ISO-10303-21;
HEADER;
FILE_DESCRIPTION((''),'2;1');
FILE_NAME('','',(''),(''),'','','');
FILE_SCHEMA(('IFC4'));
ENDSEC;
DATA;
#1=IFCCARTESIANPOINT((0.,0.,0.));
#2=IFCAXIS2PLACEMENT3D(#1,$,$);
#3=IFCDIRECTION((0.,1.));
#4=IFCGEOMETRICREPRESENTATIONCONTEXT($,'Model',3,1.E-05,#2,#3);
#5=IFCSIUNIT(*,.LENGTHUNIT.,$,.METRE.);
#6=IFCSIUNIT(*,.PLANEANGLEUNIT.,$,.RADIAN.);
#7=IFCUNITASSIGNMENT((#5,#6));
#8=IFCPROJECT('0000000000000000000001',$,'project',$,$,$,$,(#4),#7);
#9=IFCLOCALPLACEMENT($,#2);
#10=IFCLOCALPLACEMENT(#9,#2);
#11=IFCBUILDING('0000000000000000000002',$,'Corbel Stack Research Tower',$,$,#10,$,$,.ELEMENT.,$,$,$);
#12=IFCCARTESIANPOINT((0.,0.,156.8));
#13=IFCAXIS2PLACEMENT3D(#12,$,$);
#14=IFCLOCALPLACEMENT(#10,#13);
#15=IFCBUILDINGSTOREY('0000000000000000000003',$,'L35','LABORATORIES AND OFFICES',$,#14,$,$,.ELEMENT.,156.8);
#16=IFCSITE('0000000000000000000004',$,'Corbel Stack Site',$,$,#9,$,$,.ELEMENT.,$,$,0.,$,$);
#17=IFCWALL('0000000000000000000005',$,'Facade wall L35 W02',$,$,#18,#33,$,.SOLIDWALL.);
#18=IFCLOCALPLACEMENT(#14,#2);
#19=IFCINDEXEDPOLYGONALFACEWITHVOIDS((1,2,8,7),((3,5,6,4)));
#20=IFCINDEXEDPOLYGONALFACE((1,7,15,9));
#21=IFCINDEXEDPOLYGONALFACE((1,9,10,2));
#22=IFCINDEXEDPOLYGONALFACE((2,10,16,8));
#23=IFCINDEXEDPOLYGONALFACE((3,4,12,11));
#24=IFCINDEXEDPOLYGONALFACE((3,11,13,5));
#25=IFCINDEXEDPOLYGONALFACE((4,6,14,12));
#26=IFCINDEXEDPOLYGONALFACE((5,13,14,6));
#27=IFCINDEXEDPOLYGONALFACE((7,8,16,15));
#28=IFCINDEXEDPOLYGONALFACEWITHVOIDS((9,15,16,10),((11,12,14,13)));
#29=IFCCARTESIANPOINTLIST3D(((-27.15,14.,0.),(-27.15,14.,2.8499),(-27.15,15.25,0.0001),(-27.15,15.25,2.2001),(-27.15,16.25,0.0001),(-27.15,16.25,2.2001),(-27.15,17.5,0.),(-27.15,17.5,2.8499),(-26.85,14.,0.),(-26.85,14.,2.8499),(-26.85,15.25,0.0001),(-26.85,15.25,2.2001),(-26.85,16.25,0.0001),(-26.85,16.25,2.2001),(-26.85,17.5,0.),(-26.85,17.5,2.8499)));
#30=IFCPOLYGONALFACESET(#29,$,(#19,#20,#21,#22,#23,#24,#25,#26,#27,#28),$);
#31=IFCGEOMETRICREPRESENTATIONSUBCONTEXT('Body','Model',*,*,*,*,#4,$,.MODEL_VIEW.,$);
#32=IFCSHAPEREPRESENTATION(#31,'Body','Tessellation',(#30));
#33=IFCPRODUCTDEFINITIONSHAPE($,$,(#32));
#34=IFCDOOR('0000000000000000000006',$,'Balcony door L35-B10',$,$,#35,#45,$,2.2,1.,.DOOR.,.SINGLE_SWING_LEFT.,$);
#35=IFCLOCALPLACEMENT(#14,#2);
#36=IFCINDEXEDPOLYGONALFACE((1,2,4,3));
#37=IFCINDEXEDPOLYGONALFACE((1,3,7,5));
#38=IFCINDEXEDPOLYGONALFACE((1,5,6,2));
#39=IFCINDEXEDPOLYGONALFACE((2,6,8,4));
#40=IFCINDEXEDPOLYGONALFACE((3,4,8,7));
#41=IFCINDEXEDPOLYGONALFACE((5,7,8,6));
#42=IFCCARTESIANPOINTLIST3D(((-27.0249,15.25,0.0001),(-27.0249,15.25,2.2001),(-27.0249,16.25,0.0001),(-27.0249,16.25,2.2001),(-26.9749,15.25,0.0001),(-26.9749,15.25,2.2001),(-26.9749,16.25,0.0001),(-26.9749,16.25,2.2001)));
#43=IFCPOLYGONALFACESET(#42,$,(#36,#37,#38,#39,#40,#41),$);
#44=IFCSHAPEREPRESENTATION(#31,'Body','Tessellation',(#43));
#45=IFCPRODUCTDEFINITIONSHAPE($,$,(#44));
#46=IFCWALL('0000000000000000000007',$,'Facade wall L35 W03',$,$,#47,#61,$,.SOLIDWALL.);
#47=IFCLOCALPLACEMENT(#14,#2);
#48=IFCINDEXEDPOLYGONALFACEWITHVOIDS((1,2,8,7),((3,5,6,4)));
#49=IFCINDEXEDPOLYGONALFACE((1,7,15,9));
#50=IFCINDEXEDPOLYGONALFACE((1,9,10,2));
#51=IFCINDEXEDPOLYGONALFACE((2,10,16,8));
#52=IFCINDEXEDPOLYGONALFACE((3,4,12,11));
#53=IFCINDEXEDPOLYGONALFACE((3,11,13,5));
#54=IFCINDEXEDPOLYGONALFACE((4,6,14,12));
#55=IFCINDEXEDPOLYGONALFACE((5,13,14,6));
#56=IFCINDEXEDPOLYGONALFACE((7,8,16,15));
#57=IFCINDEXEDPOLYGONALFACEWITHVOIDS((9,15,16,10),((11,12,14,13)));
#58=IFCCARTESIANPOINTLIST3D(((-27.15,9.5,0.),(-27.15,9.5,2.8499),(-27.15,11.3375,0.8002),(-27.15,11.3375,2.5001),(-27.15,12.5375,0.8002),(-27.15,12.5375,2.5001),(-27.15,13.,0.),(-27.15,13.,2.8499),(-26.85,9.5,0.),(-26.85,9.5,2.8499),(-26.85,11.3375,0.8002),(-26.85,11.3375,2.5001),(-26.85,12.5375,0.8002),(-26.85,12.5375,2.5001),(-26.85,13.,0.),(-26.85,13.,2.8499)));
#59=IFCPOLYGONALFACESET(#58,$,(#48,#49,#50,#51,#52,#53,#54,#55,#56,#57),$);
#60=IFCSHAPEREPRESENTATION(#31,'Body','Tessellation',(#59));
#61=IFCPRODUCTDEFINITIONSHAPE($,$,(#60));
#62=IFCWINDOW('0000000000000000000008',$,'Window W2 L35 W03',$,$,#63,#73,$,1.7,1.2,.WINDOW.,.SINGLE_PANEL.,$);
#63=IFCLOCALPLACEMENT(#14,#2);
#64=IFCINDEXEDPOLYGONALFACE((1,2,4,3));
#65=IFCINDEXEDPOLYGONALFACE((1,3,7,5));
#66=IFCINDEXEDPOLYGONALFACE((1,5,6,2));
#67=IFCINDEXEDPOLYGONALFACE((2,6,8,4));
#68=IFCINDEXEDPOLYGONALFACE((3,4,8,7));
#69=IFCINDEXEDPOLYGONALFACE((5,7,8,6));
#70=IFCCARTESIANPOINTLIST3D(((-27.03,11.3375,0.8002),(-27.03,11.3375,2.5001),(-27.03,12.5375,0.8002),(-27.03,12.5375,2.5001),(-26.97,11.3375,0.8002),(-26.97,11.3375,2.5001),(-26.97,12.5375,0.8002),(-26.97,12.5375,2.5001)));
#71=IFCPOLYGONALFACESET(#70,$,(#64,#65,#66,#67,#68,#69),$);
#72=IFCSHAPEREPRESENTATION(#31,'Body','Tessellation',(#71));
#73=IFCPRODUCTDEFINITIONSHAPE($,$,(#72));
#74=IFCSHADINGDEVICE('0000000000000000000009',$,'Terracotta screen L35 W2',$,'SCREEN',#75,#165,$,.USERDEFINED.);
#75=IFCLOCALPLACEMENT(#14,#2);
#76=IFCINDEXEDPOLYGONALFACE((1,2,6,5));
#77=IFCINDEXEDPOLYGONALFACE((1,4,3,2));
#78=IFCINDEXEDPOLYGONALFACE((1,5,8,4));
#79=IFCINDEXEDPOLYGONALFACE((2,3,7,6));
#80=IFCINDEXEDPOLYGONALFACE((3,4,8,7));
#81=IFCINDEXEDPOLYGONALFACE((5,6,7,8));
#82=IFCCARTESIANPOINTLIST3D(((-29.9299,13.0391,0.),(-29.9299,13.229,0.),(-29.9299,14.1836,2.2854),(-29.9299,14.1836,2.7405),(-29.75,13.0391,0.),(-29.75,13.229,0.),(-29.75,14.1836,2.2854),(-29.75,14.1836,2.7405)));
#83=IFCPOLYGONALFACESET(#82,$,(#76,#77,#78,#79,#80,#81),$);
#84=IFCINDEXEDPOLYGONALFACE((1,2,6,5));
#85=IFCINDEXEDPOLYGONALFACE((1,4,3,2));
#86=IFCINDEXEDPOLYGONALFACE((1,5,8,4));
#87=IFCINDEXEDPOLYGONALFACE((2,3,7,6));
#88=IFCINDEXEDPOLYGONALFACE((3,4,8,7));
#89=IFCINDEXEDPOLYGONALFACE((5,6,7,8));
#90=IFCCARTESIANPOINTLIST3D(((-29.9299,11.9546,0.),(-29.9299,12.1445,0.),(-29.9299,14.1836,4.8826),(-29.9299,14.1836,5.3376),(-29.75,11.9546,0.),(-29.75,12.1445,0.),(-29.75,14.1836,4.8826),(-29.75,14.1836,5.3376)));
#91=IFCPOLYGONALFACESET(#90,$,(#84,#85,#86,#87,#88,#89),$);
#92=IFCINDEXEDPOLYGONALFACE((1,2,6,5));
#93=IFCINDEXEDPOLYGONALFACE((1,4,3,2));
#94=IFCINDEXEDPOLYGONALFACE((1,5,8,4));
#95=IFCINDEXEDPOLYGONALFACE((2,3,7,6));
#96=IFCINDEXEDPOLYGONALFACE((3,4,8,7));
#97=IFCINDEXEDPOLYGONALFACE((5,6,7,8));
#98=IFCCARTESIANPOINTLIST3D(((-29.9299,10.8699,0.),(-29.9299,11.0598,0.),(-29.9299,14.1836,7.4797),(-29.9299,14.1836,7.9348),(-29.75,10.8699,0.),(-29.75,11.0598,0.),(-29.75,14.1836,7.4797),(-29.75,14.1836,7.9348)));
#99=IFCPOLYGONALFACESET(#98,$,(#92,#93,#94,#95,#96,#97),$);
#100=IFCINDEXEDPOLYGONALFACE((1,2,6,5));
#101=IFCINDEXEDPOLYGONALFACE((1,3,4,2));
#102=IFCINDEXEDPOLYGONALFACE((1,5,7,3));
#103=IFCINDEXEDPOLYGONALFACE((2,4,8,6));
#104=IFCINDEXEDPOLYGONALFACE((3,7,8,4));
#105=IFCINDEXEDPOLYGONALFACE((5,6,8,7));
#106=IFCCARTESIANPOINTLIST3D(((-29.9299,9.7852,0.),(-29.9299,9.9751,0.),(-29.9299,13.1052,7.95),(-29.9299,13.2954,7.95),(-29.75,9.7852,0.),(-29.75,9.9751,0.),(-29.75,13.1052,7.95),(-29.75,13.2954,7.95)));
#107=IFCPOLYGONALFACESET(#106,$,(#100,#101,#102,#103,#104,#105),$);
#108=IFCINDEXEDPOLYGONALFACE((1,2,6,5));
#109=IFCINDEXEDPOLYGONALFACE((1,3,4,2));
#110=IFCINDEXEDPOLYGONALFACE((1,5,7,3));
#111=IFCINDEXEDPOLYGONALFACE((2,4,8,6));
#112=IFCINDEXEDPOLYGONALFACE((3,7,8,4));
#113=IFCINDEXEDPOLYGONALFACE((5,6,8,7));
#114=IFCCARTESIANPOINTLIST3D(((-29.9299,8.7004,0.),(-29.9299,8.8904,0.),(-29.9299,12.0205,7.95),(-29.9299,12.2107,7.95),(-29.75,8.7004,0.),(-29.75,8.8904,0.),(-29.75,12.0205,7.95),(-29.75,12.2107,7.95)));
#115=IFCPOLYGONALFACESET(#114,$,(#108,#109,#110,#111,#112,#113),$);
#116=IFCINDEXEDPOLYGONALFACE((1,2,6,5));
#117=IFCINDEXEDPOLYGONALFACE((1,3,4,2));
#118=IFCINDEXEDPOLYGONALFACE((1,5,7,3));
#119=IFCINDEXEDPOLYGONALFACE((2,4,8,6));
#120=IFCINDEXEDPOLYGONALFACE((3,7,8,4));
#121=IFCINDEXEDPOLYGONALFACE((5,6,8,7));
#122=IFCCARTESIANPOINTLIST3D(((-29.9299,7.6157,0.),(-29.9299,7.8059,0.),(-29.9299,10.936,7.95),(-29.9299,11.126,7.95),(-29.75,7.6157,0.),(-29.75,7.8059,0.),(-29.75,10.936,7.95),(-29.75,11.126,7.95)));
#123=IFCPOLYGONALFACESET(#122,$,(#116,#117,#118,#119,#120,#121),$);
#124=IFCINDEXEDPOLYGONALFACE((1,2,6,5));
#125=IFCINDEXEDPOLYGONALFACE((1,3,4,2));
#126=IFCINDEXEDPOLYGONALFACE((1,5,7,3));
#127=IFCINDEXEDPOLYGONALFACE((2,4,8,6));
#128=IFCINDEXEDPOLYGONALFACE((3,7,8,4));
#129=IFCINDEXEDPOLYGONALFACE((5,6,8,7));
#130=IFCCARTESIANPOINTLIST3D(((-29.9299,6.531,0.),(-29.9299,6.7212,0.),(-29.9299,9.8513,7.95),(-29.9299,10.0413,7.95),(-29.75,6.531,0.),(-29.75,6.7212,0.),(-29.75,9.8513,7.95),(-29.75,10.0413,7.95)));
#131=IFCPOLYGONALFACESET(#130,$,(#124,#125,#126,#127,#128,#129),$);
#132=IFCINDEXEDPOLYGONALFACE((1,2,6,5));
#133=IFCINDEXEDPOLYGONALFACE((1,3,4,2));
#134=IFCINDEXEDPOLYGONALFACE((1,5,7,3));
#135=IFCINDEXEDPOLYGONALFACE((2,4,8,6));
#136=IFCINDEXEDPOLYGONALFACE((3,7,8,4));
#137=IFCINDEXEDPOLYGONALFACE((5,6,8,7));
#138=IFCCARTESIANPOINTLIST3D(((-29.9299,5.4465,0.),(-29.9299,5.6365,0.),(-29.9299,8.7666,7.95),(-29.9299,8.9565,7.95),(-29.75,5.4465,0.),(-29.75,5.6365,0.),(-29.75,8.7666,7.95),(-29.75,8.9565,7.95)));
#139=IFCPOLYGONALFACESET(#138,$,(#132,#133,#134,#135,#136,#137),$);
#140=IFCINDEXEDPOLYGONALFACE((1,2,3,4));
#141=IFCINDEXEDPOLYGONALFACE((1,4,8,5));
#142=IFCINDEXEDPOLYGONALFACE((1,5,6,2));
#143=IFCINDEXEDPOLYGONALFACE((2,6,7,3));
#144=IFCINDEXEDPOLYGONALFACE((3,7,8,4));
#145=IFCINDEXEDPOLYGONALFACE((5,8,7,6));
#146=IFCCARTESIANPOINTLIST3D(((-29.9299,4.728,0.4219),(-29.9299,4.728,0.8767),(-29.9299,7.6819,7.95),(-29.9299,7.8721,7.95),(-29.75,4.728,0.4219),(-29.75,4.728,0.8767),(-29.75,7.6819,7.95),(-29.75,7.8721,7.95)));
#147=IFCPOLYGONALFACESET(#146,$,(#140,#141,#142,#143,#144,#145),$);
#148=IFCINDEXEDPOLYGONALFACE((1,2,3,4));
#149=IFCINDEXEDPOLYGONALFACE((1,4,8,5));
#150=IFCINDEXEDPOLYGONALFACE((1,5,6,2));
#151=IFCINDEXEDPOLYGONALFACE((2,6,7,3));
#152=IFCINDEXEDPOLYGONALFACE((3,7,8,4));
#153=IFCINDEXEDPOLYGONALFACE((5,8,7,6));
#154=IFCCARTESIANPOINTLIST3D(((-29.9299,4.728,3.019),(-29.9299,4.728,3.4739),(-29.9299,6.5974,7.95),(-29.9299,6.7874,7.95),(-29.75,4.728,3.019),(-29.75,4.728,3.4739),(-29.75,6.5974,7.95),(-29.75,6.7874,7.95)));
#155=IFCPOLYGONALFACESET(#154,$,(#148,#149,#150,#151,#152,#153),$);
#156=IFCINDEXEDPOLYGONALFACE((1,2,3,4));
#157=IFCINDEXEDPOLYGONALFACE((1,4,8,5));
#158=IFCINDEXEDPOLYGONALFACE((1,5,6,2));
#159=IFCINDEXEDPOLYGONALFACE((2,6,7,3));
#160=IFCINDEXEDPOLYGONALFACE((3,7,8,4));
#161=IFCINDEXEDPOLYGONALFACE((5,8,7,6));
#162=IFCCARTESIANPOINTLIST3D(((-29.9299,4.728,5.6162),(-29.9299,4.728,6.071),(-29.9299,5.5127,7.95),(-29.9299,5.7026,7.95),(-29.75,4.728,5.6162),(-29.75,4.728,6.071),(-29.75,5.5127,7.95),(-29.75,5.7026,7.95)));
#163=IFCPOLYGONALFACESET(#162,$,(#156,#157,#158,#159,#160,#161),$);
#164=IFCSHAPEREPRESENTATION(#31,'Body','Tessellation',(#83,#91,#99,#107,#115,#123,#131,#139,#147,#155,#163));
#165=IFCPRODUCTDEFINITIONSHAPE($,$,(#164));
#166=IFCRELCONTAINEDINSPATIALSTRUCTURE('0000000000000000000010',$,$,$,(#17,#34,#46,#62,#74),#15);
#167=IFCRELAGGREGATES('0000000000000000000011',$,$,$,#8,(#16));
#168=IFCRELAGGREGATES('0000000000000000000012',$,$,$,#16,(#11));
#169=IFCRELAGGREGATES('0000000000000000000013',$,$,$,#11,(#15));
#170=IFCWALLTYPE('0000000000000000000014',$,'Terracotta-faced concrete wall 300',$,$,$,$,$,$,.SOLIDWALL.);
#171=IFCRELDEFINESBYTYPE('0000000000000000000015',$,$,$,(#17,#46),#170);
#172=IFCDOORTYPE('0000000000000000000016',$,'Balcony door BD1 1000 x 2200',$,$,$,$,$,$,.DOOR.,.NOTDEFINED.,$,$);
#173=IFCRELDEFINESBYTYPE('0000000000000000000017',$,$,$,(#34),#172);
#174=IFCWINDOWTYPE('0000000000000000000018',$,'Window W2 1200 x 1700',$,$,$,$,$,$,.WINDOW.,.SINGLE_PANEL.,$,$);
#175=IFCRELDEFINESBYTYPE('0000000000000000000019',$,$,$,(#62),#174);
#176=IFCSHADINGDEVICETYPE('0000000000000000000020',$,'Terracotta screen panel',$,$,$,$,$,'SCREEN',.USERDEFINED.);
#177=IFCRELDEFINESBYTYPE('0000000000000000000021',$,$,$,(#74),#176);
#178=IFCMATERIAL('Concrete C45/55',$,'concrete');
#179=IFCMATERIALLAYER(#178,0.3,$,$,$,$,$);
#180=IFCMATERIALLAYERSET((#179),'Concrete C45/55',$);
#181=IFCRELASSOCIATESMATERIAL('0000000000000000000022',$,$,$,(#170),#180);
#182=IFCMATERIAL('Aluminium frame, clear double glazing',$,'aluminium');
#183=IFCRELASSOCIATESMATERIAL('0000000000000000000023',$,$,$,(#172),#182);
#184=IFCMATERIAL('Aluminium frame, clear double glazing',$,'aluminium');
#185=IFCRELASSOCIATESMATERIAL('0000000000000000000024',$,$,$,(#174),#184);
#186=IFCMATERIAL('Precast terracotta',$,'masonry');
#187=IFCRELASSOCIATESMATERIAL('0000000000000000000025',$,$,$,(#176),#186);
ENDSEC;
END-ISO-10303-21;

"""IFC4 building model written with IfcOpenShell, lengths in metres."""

from ifc_helpers import new_model, si_unit, direction, frame, frame_2d, origin, place, context, subcontext, project, spatial, polyline, rectangle, outline, extrude, source, transform, mapped, material, layer, layer_set, type_object, element, fill, save


model = new_model("IFC4")

# Units and contexts
model_context = context("Model", 3, precision=1e-05, world=origin(), true_north=direction((0.0, 1.0)))
body_context = subcontext(model_context, "Body", "Model", "MODEL_VIEW")
ifc_project = project(units=[si_unit("LENGTHUNIT", "METRE"), si_unit("PLANEANGLEUNIT", "RADIAN")], contexts=[model_context])

# Site, building, storey
site_placement = place(None, origin())
site = spatial("IfcSite", under=ifc_project, at=site_placement, Name="Corbel Stack Site", CompositionType="ELEMENT", RefElevation=0.0)
building_placement = place(site_placement, origin())
building = spatial("IfcBuilding", under=site, at=building_placement, Name="Corbel Stack Research Tower", CompositionType="ELEMENT")
storey_placement = place(building_placement, frame((0.0, 0.0, 156.8)))
storey = spatial("IfcBuildingStorey", under=building, at=storey_placement, Name="L35", Description="LABORATORIES AND OFFICES", CompositionType="ELEMENT", Elevation=156.8)

# Shared definitions
ifc_material_1 = material(Name="Concrete C45/55", Category="concrete")
ifc_layer_1 = layer(ifc_material_1, 0.3)
ifc_layer_set_1 = layer_set([ifc_layer_1], Name="Concrete C45/55")
wall_type_1 = type_object("IfcWallType", Name="Terracotta-faced concrete wall 300", PredefinedType="SOLIDWALL", material=ifc_layer_set_1)

# Wall, opening, door
wall_1_placement = place(storey_placement, frame((-27.0, 14.0, 0.0), z_axis=(0.0, 0.0, 1.0), x_axis=(0.0, 1.0, 0.0)))
wall_1 = element("IfcWall", 1, at=wall_1_placement, inside=storey, type_object=wall_type_1, Name="Facade wall L35 W02", PredefinedType="SOLIDWALL", context=body_context, shape_type="SweptSolid", body=[
    extrude(rectangle(XDim=3.5, YDim=0.3, at=frame_2d((1.75, 0.0))), origin(), (0.0, 0.0, 1.0), 2.8499),
])
opening_1_placement = place(wall_1_placement, frame((1.25, 0.0, 0.0)))
opening_1 = element("IfcOpeningElement", 2, at=opening_1_placement, cuts=wall_1, PredefinedType="OPENING", context=body_context, shape_type="SweptSolid", body=[
    extrude(rectangle(XDim=1.0, YDim=2.2, at=frame_2d((0.5, 1.1001))), frame((0.0, 0.1599, 0.0), z_axis=(0.0, -1.0, 0.0), x_axis=(1.0, 0.0, 0.0)), (0.0, 0.0, 1.0), 0.3201),
])
ifc_material_2 = material(Name="Aluminium frame, clear double glazing", Category="aluminium")
door_type_1 = type_object("IfcDoorType", Name="Balcony door BD1 1000 x 2200", OperationType="NOTDEFINED", PredefinedType="DOOR", material=ifc_material_2)
door_1_placement = place(opening_1_placement, origin())
door_1 = element("IfcDoor", 3, at=door_1_placement, inside=storey, type_object=door_type_1, Name="Balcony door L35-B10", OperationType="SINGLE_SWING_LEFT", OverallHeight=2.2, OverallWidth=1.0, PredefinedType="DOOR", context=body_context, shape_type="SweptSolid", body=[
    extrude(rectangle(XDim=1.0, YDim=2.2, at=frame_2d((0.5, 1.1001))), frame((0.0, 0.0249, 0.0), z_axis=(0.0, -1.0, 0.0), x_axis=(1.0, 0.0, 0.0)), (0.0, 0.0, 1.0), 0.05),
])
fill(opening_1, door_1)

# Wall, opening, window
wall_2_placement = place(storey_placement, frame((-27.0, 9.5, 0.0), z_axis=(0.0, 0.0, 1.0), x_axis=(0.0, 1.0, 0.0)))
wall_2 = element("IfcWall", 4, at=wall_2_placement, inside=storey, type_object=wall_type_1, Name="Facade wall L35 W03", PredefinedType="SOLIDWALL", context=body_context, shape_type="SweptSolid", body=[
    extrude(rectangle(XDim=3.5, YDim=0.3, at=frame_2d((1.75, 0.0))), origin(), (0.0, 0.0, 1.0), 2.8499),
])
opening_2_placement = place(wall_2_placement, frame((1.8374, 0.0, 0.8)))
opening_2 = element("IfcOpeningElement", 5, at=opening_2_placement, cuts=wall_2, PredefinedType="OPENING", context=body_context, shape_type="SweptSolid", body=[
    extrude(rectangle(XDim=1.2, YDim=1.7, at=frame_2d((0.6001, 0.8501))), frame((0.0, 0.1599, 0.0), z_axis=(0.0, -1.0, 0.0), x_axis=(1.0, 0.0, 0.0)), (0.0, 0.0, 1.0), 0.3201),
])
ifc_material_3 = material(Name="Aluminium frame, clear double glazing", Category="aluminium")
window_type_1 = type_object("IfcWindowType", Name="Window W2 1200 x 1700", PartitioningType="SINGLE_PANEL", PredefinedType="WINDOW", material=ifc_material_3)
window_1_placement = place(opening_2_placement, origin())
window_1 = element("IfcWindow", 6, at=window_1_placement, inside=storey, type_object=window_type_1, Name="Window W2 L35 W03", OverallHeight=1.7, OverallWidth=1.2, PartitioningType="SINGLE_PANEL", PredefinedType="WINDOW", context=body_context, shape_type="SweptSolid", body=[
    extrude(rectangle(XDim=1.2, YDim=1.7, at=frame_2d((0.6001, 0.8501))), frame((0.0, 0.03, 0.0), z_axis=(0.0, -1.0, 0.0), x_axis=(1.0, 0.0, 0.0)), (0.0, 0.0, 1.0), 0.0601),
])
fill(opening_2, window_1)

# Shading device
ifc_material_4 = material(Name="Precast terracotta", Category="masonry")
shading_device_type = type_object("IfcShadingDeviceType", Name="Terracotta screen panel", ElementType="SCREEN", PredefinedType="USERDEFINED", material=ifc_material_4)
shared_shape = source(origin(), body_context, "Body", "SweptSolid", [
    extrude(outline(polyline([(1.1445, 0.0), (0.0, 2.7405), (0.0, 2.2854), (0.9546, 0.0), (1.1445, 0.0)])), frame((0.0, 0.0, 0.0), z_axis=(0.0, -1.0, 0.0), x_axis=(1.0, 0.0, 0.0)), (0.0, 0.0, 1.0), 0.1799),
    extrude(outline(polyline([(2.229, 0.0), (0.0, 5.3376), (0.0, 4.8826), (2.0391, 0.0), (2.229, 0.0)])), frame((0.0, 0.0, 0.0), z_axis=(0.0, -1.0, 0.0), x_axis=(1.0, 0.0, 0.0)), (0.0, 0.0, 1.0), 0.1799),
    extrude(outline(polyline([(3.3137, 0.0), (0.0, 7.9348), (0.0, 7.4797), (3.1238, 0.0), (3.3137, 0.0)])), frame((0.0, 0.0, 0.0), z_axis=(0.0, -1.0, 0.0), x_axis=(1.0, 0.0, 0.0)), (0.0, 0.0, 1.0), 0.1799),
    extrude(outline(polyline([(4.3984, 0.0), (1.0784, 7.95), (0.8882, 7.95), (4.2085, 0.0), (4.3984, 0.0)])), frame((0.0, 0.0, 0.0), z_axis=(0.0, -1.0, 0.0), x_axis=(1.0, 0.0, 0.0)), (0.0, 0.0, 1.0), 0.1799),
    extrude(outline(polyline([(5.4832, 0.0), (2.1631, 7.95), (1.9729, 7.95), (5.2932, 0.0), (5.4832, 0.0)])), frame((0.0, 0.0, 0.0), z_axis=(0.0, -1.0, 0.0), x_axis=(1.0, 0.0, 0.0)), (0.0, 0.0, 1.0), 0.1799),
    extrude(outline(polyline([(6.5679, 0.0), (3.2476, 7.95), (3.0576, 7.95), (6.3777, 0.0), (6.5679, 0.0)])), frame((0.0, 0.0, 0.0), z_axis=(0.0, -1.0, 0.0), x_axis=(1.0, 0.0, 0.0)), (0.0, 0.0, 1.0), 0.1799),
    extrude(outline(polyline([(7.6526, 0.0), (4.3323, 7.95), (4.1423, 7.95), (7.4624, 0.0), (7.6526, 0.0)])), frame((0.0, 0.0, 0.0), z_axis=(0.0, -1.0, 0.0), x_axis=(1.0, 0.0, 0.0)), (0.0, 0.0, 1.0), 0.1799),
    extrude(outline(polyline([(8.7371, 0.0), (5.417, 7.95), (5.2271, 7.95), (8.5471, 0.0), (8.7371, 0.0)])), frame((0.0, 0.0, 0.0), z_axis=(0.0, -1.0, 0.0), x_axis=(1.0, 0.0, 0.0)), (0.0, 0.0, 1.0), 0.1799),
    extrude(outline(polyline([(6.5017, 7.95), (6.3115, 7.95), (9.4556, 0.4219), (9.4556, 0.8767), (6.5017, 7.95)])), frame((0.0, 0.0, 0.0), z_axis=(0.0, -1.0, 0.0), x_axis=(1.0, 0.0, 0.0)), (0.0, 0.0, 1.0), 0.1799),
    extrude(outline(polyline([(7.5862, 7.95), (7.3962, 7.95), (9.4556, 3.019), (9.4556, 3.4739), (7.5862, 7.95)])), frame((0.0, 0.0, 0.0), z_axis=(0.0, -1.0, 0.0), x_axis=(1.0, 0.0, 0.0)), (0.0, 0.0, 1.0), 0.1799),
    extrude(outline(polyline([(8.6709, 7.95), (8.481, 7.95), (9.4556, 5.6162), (9.4556, 6.071), (8.6709, 7.95)])), frame((0.0, 0.0, 0.0), z_axis=(0.0, -1.0, 0.0), x_axis=(1.0, 0.0, 0.0)), (0.0, 0.0, 1.0), 0.1799),
])
shading_device_placement = place(storey_placement, frame((-29.75, 14.1836, 0.0), z_axis=(0.0, 0.0, 1.0), x_axis=(0.0, -1.0, 0.0)))
element("IfcShadingDevice", 7, at=shading_device_placement, inside=storey, type_object=shading_device_type, Name="Terracotta screen L35 W2", ObjectType="SCREEN", PredefinedType="USERDEFINED", context=body_context, shape_type="MappedRepresentation", body=[
    mapped(shared_shape, transform((0.0, 0.0, 0.0))),
])

save(model, "model.ifc")
